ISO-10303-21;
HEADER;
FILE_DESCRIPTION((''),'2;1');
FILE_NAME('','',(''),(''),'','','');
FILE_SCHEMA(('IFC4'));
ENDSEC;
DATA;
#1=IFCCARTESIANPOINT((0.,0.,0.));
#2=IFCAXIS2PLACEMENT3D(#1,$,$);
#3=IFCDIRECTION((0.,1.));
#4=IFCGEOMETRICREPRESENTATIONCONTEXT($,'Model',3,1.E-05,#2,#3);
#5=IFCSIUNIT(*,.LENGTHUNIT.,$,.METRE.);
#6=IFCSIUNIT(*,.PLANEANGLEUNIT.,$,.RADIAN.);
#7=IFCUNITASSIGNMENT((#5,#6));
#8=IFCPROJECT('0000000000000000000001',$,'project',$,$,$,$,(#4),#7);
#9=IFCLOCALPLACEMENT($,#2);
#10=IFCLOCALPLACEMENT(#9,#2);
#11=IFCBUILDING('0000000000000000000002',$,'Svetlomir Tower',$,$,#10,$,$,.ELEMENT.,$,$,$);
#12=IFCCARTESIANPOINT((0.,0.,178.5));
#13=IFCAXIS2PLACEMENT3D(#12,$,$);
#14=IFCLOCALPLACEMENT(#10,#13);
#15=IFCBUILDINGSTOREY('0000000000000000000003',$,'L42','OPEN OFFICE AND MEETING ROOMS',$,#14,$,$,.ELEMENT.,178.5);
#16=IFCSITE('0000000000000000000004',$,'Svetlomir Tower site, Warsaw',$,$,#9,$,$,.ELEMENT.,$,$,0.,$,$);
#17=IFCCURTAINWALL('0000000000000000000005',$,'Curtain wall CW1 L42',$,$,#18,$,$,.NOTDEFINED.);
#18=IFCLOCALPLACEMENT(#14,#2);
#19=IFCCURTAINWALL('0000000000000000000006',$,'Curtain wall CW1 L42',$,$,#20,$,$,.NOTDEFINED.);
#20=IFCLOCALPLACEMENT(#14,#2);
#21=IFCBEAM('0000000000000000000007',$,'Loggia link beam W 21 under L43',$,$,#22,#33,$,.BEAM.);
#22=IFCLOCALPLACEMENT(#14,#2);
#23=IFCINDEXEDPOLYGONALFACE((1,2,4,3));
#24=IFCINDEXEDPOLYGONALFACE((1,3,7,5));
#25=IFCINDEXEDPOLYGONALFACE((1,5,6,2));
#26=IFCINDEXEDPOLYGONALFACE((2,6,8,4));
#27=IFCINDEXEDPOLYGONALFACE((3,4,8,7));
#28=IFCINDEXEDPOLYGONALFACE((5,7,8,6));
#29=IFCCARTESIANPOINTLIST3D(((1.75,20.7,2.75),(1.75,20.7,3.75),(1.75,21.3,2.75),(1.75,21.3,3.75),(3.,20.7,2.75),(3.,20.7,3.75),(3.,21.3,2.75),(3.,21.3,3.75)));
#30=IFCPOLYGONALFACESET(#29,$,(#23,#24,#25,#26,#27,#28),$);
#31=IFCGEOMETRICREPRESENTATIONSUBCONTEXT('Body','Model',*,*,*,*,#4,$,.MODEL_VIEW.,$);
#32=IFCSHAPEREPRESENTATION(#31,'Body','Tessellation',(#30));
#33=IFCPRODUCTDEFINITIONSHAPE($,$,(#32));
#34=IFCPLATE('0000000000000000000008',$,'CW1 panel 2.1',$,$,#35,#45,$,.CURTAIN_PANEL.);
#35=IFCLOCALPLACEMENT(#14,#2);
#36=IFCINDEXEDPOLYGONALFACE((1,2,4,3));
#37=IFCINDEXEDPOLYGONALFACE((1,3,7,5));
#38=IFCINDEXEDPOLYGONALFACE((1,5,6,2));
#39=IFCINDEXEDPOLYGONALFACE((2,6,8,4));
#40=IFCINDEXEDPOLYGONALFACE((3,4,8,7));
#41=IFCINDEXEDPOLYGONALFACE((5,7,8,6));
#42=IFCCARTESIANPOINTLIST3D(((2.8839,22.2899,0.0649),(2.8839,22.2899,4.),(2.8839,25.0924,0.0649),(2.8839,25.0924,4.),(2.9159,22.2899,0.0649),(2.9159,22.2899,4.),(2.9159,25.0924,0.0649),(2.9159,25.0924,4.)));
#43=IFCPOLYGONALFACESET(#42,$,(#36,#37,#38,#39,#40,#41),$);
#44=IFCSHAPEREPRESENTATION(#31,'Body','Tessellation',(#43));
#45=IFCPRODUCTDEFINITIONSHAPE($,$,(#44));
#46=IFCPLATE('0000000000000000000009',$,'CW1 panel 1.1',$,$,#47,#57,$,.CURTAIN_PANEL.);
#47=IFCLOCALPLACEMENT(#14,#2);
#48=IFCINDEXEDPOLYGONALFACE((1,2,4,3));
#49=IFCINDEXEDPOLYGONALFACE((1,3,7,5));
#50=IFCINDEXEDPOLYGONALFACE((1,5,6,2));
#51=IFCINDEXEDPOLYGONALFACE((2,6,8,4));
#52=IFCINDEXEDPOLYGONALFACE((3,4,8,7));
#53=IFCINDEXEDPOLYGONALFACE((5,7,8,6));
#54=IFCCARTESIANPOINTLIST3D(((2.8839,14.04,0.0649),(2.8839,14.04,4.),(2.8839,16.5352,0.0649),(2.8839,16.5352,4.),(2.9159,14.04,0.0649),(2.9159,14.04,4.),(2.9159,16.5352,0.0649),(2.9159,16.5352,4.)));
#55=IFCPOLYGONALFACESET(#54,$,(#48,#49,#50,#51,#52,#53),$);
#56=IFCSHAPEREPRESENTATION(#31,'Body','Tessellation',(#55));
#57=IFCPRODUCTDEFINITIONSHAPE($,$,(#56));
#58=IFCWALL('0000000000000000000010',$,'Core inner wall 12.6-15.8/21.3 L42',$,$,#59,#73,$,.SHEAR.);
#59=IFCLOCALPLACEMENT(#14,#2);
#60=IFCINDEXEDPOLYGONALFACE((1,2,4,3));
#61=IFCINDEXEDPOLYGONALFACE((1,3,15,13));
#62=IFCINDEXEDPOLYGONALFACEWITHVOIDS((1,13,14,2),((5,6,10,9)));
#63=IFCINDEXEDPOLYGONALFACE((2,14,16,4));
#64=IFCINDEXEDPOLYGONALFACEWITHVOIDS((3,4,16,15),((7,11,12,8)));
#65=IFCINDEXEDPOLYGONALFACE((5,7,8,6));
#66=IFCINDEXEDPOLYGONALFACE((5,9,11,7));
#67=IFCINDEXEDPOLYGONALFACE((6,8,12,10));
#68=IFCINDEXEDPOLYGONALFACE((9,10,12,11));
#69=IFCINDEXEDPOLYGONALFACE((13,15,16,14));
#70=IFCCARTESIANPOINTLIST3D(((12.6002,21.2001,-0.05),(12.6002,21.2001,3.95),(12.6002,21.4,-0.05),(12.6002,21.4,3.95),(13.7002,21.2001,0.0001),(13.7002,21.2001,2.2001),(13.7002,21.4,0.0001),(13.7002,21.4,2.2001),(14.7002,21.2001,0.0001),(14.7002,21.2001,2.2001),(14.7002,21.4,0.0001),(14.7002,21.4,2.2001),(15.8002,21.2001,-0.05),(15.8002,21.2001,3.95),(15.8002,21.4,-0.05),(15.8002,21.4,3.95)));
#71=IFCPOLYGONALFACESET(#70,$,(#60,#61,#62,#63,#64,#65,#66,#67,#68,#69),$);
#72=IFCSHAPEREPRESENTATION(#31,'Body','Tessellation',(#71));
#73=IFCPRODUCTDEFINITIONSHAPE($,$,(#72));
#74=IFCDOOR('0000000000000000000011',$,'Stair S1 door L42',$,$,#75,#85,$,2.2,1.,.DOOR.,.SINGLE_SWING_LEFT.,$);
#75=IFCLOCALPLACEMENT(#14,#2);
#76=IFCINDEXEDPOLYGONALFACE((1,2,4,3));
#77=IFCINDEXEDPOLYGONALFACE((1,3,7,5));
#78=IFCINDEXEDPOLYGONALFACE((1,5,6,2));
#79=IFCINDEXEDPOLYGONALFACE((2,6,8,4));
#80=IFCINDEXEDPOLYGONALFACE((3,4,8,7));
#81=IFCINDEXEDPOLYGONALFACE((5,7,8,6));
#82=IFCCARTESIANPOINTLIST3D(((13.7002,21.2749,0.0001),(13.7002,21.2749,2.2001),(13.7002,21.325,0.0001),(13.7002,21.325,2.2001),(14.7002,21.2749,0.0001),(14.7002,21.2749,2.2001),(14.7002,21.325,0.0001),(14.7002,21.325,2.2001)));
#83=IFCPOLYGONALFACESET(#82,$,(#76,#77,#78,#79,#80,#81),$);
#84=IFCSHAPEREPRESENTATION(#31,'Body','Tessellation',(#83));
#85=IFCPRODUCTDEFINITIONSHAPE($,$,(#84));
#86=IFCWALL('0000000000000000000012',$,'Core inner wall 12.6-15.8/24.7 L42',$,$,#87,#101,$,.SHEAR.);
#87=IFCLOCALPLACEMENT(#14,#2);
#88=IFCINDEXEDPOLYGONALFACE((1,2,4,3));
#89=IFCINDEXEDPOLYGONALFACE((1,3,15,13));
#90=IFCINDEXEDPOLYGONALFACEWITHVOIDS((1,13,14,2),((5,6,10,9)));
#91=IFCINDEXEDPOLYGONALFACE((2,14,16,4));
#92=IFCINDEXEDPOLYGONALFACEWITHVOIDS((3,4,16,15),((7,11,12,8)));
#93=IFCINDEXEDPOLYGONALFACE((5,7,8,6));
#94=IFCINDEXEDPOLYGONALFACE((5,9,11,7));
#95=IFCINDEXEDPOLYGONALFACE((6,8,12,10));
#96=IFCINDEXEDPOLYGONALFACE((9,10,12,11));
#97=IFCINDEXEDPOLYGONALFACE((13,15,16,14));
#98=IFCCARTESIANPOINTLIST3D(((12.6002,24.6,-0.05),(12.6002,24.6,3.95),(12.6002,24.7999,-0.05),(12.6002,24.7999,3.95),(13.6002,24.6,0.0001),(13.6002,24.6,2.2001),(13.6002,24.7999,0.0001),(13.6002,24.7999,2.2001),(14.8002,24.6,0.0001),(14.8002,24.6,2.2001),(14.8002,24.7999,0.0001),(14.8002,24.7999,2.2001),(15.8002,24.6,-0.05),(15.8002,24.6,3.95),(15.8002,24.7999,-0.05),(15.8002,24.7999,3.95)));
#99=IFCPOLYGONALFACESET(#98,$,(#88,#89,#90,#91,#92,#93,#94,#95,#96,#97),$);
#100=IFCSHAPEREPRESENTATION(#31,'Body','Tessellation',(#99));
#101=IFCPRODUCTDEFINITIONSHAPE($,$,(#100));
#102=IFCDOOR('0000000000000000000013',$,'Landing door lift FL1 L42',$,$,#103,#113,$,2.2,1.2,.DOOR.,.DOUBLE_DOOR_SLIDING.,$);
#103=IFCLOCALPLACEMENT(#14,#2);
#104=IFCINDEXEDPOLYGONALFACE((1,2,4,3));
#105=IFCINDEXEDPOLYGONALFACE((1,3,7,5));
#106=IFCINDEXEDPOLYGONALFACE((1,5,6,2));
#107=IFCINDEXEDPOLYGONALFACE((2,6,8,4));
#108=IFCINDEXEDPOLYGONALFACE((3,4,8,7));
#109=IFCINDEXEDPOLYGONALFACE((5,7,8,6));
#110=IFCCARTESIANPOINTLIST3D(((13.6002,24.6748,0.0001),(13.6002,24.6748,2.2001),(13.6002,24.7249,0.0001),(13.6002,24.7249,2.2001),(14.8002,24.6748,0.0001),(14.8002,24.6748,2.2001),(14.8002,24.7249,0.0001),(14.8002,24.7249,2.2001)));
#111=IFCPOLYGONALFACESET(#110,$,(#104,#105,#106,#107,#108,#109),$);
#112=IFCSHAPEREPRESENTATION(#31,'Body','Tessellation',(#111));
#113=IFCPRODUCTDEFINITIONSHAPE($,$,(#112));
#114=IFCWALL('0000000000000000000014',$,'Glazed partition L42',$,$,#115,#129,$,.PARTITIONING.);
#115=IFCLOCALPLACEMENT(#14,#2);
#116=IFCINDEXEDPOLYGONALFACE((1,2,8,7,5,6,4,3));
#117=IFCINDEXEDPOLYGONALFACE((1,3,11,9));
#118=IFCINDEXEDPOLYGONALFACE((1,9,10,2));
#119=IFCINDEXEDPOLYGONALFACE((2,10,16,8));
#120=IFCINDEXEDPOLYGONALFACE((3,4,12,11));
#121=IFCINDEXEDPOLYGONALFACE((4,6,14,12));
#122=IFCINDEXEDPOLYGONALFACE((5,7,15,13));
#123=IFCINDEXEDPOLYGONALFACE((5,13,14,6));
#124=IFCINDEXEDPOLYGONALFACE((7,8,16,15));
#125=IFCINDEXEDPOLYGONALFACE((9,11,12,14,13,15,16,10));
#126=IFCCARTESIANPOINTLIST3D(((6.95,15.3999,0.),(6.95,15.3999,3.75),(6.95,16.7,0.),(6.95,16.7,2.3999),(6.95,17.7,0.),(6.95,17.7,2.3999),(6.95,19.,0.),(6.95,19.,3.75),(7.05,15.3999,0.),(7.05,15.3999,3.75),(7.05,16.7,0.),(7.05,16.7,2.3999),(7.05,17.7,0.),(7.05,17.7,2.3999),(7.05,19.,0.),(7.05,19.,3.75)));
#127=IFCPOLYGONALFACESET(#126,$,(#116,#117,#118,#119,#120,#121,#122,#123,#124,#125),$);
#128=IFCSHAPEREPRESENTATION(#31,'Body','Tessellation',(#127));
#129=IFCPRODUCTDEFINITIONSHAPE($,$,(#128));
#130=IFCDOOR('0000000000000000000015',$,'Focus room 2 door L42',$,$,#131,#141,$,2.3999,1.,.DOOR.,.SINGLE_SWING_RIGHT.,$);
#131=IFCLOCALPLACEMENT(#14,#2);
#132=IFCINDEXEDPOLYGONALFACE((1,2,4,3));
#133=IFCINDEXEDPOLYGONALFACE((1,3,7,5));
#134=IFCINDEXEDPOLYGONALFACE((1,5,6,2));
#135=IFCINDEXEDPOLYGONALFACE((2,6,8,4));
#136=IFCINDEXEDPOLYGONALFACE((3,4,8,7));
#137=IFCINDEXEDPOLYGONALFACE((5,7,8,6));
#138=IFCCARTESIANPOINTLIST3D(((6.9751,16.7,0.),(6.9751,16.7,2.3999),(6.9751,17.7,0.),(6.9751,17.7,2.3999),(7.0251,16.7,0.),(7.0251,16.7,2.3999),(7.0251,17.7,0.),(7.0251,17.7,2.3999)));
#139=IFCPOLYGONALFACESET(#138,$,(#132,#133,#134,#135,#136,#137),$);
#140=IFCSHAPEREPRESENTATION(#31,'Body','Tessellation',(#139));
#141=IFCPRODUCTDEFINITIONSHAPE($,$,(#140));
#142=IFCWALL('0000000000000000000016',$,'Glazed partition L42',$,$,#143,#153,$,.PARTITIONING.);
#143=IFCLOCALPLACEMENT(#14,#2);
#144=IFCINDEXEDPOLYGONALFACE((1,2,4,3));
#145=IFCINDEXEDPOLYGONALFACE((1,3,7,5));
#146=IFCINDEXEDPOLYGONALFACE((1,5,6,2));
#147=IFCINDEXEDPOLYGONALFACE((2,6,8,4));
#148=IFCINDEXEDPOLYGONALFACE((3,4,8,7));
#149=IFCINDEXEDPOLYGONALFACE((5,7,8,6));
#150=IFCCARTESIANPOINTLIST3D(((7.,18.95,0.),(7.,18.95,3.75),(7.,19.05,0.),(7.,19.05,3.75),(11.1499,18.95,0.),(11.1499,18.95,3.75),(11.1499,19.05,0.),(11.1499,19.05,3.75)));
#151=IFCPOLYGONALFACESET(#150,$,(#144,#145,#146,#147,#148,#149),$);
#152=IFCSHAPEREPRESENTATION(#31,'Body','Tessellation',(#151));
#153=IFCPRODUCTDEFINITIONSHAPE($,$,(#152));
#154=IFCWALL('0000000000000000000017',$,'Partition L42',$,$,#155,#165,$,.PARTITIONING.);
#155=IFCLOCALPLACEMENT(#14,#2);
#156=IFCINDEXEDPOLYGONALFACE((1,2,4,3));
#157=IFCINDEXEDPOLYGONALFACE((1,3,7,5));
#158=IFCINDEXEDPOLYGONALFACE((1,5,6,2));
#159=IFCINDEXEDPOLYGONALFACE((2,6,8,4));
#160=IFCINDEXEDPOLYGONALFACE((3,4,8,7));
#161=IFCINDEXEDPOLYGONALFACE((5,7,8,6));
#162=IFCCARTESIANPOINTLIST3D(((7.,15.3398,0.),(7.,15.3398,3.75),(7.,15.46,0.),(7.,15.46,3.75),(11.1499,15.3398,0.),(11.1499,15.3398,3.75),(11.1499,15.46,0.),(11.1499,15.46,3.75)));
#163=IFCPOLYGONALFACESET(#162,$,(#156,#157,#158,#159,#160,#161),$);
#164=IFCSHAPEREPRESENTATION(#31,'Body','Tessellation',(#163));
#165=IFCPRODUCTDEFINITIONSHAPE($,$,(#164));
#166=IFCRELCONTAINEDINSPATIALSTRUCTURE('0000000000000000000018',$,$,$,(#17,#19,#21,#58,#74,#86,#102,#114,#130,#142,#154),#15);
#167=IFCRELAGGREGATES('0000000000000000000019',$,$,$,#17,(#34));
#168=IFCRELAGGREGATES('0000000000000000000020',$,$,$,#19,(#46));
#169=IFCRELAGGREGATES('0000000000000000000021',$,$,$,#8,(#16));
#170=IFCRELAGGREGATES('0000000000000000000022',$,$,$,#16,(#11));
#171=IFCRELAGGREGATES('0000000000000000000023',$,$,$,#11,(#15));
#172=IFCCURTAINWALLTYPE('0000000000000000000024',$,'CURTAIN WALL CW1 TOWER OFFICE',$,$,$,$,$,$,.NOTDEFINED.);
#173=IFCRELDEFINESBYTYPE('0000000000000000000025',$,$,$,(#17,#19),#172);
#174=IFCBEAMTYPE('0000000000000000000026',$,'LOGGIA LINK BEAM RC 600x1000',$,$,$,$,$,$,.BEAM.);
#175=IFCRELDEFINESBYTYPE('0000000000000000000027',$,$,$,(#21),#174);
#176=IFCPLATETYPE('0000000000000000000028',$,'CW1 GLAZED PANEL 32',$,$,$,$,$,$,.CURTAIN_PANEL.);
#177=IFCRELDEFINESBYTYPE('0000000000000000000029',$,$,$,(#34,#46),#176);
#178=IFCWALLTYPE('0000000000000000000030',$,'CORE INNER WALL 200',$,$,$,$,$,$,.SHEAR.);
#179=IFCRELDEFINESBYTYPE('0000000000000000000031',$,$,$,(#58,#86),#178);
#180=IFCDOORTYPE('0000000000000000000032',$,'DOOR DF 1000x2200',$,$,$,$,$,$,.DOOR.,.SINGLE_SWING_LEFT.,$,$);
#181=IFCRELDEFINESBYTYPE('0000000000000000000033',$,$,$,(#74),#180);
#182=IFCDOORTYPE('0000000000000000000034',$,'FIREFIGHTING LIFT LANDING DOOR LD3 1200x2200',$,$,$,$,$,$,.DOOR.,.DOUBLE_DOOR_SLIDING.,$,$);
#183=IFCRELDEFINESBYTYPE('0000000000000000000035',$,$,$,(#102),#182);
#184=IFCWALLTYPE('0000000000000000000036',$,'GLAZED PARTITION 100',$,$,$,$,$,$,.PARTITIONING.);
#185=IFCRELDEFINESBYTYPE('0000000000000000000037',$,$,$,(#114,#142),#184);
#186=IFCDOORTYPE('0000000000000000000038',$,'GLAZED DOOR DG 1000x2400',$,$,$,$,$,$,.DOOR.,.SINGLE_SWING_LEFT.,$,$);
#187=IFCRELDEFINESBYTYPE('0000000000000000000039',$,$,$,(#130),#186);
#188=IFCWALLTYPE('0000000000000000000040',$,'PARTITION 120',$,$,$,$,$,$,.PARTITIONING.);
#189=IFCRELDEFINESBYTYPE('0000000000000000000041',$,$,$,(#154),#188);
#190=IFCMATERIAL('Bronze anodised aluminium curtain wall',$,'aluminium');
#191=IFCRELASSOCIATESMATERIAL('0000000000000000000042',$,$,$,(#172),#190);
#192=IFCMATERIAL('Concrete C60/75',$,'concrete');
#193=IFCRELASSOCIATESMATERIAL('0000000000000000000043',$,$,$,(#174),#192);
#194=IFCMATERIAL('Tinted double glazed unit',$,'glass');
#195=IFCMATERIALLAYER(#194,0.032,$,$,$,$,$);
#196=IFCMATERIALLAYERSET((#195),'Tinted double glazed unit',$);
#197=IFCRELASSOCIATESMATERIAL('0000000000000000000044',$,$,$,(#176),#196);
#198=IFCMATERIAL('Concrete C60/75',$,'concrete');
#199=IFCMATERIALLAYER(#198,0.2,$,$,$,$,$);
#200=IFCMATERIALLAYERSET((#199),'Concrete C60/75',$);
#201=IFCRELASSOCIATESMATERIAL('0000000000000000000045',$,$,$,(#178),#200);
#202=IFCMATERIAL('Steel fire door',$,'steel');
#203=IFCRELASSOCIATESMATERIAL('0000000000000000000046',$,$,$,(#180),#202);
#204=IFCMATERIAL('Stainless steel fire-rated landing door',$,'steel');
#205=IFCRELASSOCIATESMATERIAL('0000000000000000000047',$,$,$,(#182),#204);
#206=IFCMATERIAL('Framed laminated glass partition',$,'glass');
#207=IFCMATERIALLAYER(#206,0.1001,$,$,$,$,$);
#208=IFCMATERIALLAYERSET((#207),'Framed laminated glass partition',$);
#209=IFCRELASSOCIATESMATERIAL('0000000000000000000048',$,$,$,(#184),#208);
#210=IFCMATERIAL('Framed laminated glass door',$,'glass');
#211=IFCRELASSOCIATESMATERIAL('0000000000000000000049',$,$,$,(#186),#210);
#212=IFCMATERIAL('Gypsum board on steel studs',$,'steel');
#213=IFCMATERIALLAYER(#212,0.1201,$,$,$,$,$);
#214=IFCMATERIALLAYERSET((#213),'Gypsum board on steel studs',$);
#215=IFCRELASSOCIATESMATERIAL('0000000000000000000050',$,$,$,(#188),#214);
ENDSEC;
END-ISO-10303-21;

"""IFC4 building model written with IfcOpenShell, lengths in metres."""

from ifc_helpers import new_model, si_unit, direction, frame, frame_2d, origin, origin_2d, place, context, subcontext, project, spatial, rectangle, extrude, material, layer, layer_set, material_profile, profile_set, type_object, element, fill, aggregate, save


model = new_model("IFC4")

# Units and contexts
model_context = context("Model", 3, precision=1e-05, world=origin(), true_north=direction((0.0, 1.0)))
body_context = subcontext(model_context, "Body", "Model", "MODEL_VIEW")
ifc_project = project(units=[si_unit("LENGTHUNIT", "METRE"), si_unit("PLANEANGLEUNIT", "RADIAN")], contexts=[model_context])

# Site, building, storey
site_placement = place(None, origin())
site = spatial("IfcSite", under=ifc_project, at=site_placement, Name="Svetlomir Tower site, Warsaw", CompositionType="ELEMENT", RefElevation=0.0)
building_placement = place(site_placement, origin())
building = spatial("IfcBuilding", under=site, at=building_placement, Name="Svetlomir Tower", CompositionType="ELEMENT")
storey_placement = place(building_placement, frame((0.0, 0.0, 178.5)))
storey = spatial("IfcBuildingStorey", under=building, at=storey_placement, Name="L42", Description="OPEN OFFICE AND MEETING ROOMS", CompositionType="ELEMENT", Elevation=178.5)

# Curtain wall
ifc_material_1 = material(Name="Bronze anodised aluminium curtain wall", Category="aluminium")
curtain_wall_type = type_object("IfcCurtainWallType", Name="CURTAIN WALL CW1 TOWER OFFICE", PredefinedType="NOTDEFINED", material=ifc_material_1)
curtain_wall_1_placement = place(storey_placement, origin())
curtain_wall_1 = element("IfcCurtainWall", 1, at=curtain_wall_1_placement, inside=storey, type_object=curtain_wall_type, Name="Curtain wall CW1 L42", PredefinedType="NOTDEFINED")

# Curtain wall
curtain_wall_2_placement = place(storey_placement, origin())
curtain_wall_2 = element("IfcCurtainWall", 2, at=curtain_wall_2_placement, inside=storey, type_object=curtain_wall_type, Name="Curtain wall CW1 L42", PredefinedType="NOTDEFINED")

# Beam
ifc_material_2 = material(Name="Concrete C60/75", Category="concrete")
ifc_material_profile_1 = material_profile(ifc_material_2, rectangle(XDim=0.6001, YDim=1.0, at=origin_2d()), Name="RC 600x1000")
ifc_profile_set_1 = profile_set([ifc_material_profile_1], Name="Concrete C60/75")
beam_type_1 = type_object("IfcBeamType", Name="LOGGIA LINK BEAM RC 600x1000", PredefinedType="BEAM", material=ifc_profile_set_1)
beam_1_placement = place(storey_placement, frame((1.75, 21.0, 3.25), z_axis=(1.0, 0.0, 0.0), x_axis=(0.0, 1.0, 0.0)))
element("IfcBeam", 3, at=beam_1_placement, inside=storey, type_object=beam_type_1, Name="Loggia link beam W 21 under L43", PredefinedType="BEAM", context=body_context, shape_type="SweptSolid", body=[
    extrude(rectangle(XDim=0.6001, YDim=1.0, at=origin_2d()), origin(), (0.0, 0.0, 1.0), 1.25),
])

# Plates
ifc_material_3 = material(Name="Tinted double glazed unit", Category="glass")
ifc_layer_1 = layer(ifc_material_3, 0.032)
ifc_layer_set_1 = layer_set([ifc_layer_1], Name="Tinted double glazed unit")
plate_type = type_object("IfcPlateType", Name="CW1 GLAZED PANEL 32", PredefinedType="CURTAIN_PANEL", material=ifc_layer_set_1)
plate_1_placement = place(storey_placement, frame((2.8999, 23.6912, 0.0649), z_axis=(0.0, 0.0, 1.0), x_axis=(0.0, -1.0, 0.0)))
plate_1 = element("IfcPlate", 4, at=plate_1_placement, type_object=plate_type, Name="CW1 panel 2.1", PredefinedType="CURTAIN_PANEL", context=body_context, shape_type="SweptSolid", body=[
    extrude(rectangle(XDim=2.8025, YDim=0.032, at=origin_2d()), origin(), (0.0, 0.0, 1.0), 3.9351),
])
aggregate(curtain_wall_1, [plate_1])
plate_2_placement = place(storey_placement, frame((2.8999, 15.2876, 0.0649), z_axis=(0.0, 0.0, 1.0), x_axis=(0.0, -1.0, 0.0)))
plate_2 = element("IfcPlate", 5, at=plate_2_placement, type_object=plate_type, Name="CW1 panel 1.1", PredefinedType="CURTAIN_PANEL", context=body_context, shape_type="SweptSolid", body=[
    extrude(rectangle(XDim=2.4951, YDim=0.032, at=origin_2d()), origin(), (0.0, 0.0, 1.0), 3.9351),
])
aggregate(curtain_wall_2, [plate_2])

# Walls, openings, doors
ifc_material_4 = material(Name="Concrete C60/75", Category="concrete")
ifc_layer_2 = layer(ifc_material_4, 0.2)
ifc_layer_set_2 = layer_set([ifc_layer_2], Name="Concrete C60/75")
wall_type_1 = type_object("IfcWallType", Name="CORE INNER WALL 200", PredefinedType="SHEAR", material=ifc_layer_set_2)
wall_1_placement = place(storey_placement, frame((12.6001, 21.3, -0.05), z_axis=(0.0, 0.0, 1.0), x_axis=(1.0, 0.0, 0.0)))
wall_1 = element("IfcWall", 6, at=wall_1_placement, inside=storey, type_object=wall_type_1, Name="Core inner wall 12.6-15.8/21.3 L42", PredefinedType="SHEAR", context=body_context, shape_type="SweptSolid", body=[
    extrude(rectangle(XDim=3.2, YDim=0.2, at=frame_2d((1.6001, 0.0))), origin(), (0.0, 0.0, 1.0), 4.0),
])
opening_1_placement = place(wall_1_placement, frame((1.1001, 0.0, 0.05)))
opening_1 = element("IfcOpeningElement", 7, at=opening_1_placement, cuts=wall_1, PredefinedType="OPENING", context=body_context, shape_type="SweptSolid", body=[
    extrude(rectangle(XDim=1.0, YDim=2.2, at=frame_2d((0.5, 1.1001))), frame((0.0, 0.1099, 0.0), z_axis=(0.0, -1.0, 0.0), x_axis=(1.0, 0.0, 0.0)), (0.0, 0.0, 1.0), 0.22),
])
ifc_material_5 = material(Name="Steel fire door", Category="steel")
door_type_1 = type_object("IfcDoorType", Name="DOOR DF 1000x2200", OperationType="SINGLE_SWING_LEFT", PredefinedType="DOOR", material=ifc_material_5)
door_1_placement = place(opening_1_placement, origin())
door_1 = element("IfcDoor", 8, at=door_1_placement, inside=storey, type_object=door_type_1, Name="Stair S1 door L42", OperationType="SINGLE_SWING_LEFT", OverallHeight=2.2, OverallWidth=1.0, PredefinedType="DOOR", context=body_context, shape_type="SweptSolid", body=[
    extrude(rectangle(XDim=1.0, YDim=2.2, at=frame_2d((0.5, 1.1001))), frame((0.0, 0.0249, 0.0), z_axis=(0.0, -1.0, 0.0), x_axis=(1.0, 0.0, 0.0)), (0.0, 0.0, 1.0), 0.05),
])
fill(opening_1, door_1)
wall_2_placement = place(storey_placement, frame((12.6001, 24.7, -0.05), z_axis=(0.0, 0.0, 1.0), x_axis=(1.0, 0.0, 0.0)))
wall_2 = element("IfcWall", 9, at=wall_2_placement, inside=storey, type_object=wall_type_1, Name="Core inner wall 12.6-15.8/24.7 L42", PredefinedType="SHEAR", context=body_context, shape_type="SweptSolid", body=[
    extrude(rectangle(XDim=3.2, YDim=0.2, at=frame_2d((1.6001, 0.0))), origin(), (0.0, 0.0, 1.0), 4.0),
])
opening_2_placement = place(wall_2_placement, frame((1.0, 0.0, 0.05)))
opening_2 = element("IfcOpeningElement", 10, at=opening_2_placement, cuts=wall_2, PredefinedType="OPENING", context=body_context, shape_type="SweptSolid", body=[
    extrude(rectangle(XDim=1.2, YDim=2.2, at=frame_2d((0.6001, 1.1001))), frame((0.0, 0.1099, 0.0), z_axis=(0.0, -1.0, 0.0), x_axis=(1.0, 0.0, 0.0)), (0.0, 0.0, 1.0), 0.22),
])
ifc_material_6 = material(Name="Stainless steel fire-rated landing door", Category="steel")
door_type_2 = type_object("IfcDoorType", Name="FIREFIGHTING LIFT LANDING DOOR LD3 1200x2200", OperationType="DOUBLE_DOOR_SLIDING", PredefinedType="DOOR", material=ifc_material_6)
door_2_placement = place(opening_2_placement, origin())
door_2 = element("IfcDoor", 11, at=door_2_placement, inside=storey, type_object=door_type_2, Name="Landing door lift FL1 L42", OperationType="DOUBLE_DOOR_SLIDING", OverallHeight=2.2, OverallWidth=1.2, PredefinedType="DOOR", context=body_context, shape_type="SweptSolid", body=[
    extrude(rectangle(XDim=1.2, YDim=2.2, at=frame_2d((0.6001, 1.1001))), frame((0.0, 0.0249, 0.0), z_axis=(0.0, -1.0, 0.0), x_axis=(1.0, 0.0, 0.0)), (0.0, 0.0, 1.0), 0.05),
])
fill(opening_2, door_2)
ifc_material_7 = material(Name="Framed laminated glass partition", Category="glass")
ifc_layer_3 = layer(ifc_material_7, 0.1001)
ifc_layer_set_3 = layer_set([ifc_layer_3], Name="Framed laminated glass partition")
wall_type_2 = type_object("IfcWallType", Name="GLAZED PARTITION 100", PredefinedType="PARTITIONING", material=ifc_layer_set_3)
wall_3_placement = place(storey_placement, frame((7.0, 15.3999, 0.0), z_axis=(0.0, 0.0, 1.0), x_axis=(0.0, 1.0, 0.0)))
wall_3 = element("IfcWall", 12, at=wall_3_placement, inside=storey, type_object=wall_type_2, Name="Glazed partition L42", PredefinedType="PARTITIONING", context=body_context, shape_type="SweptSolid", body=[
    extrude(rectangle(XDim=3.6001, YDim=0.1001, at=frame_2d((1.8, 0.0))), origin(), (0.0, 0.0, 1.0), 3.75),
])
opening_3_placement = place(wall_3_placement, frame((1.3, 0.0, 0.0)))
opening_3 = element("IfcOpeningElement", 13, at=opening_3_placement, cuts=wall_3, PredefinedType="OPENING", context=body_context, shape_type="SweptSolid", body=[
    extrude(rectangle(XDim=1.0, YDim=2.3999, at=frame_2d((0.5, 1.2))), frame((0.0, 0.0601, 0.0), z_axis=(0.0, -1.0, 0.0), x_axis=(1.0, 0.0, 0.0)), (0.0, 0.0, 1.0), 0.1201),
])
ifc_material_8 = material(Name="Framed laminated glass door", Category="glass")
door_type_3 = type_object("IfcDoorType", Name="GLAZED DOOR DG 1000x2400", OperationType="SINGLE_SWING_LEFT", PredefinedType="DOOR", material=ifc_material_8)
door_3_placement = place(opening_3_placement, origin())
door_3 = element("IfcDoor", 14, at=door_3_placement, inside=storey, type_object=door_type_3, Name="Focus room 2 door L42", OperationType="SINGLE_SWING_RIGHT", OverallHeight=2.3999, OverallWidth=1.0, PredefinedType="DOOR", context=body_context, shape_type="SweptSolid", body=[
    extrude(rectangle(XDim=1.0, YDim=2.3999, at=frame_2d((0.5, 1.2))), frame((0.0, 0.0249, 0.0), z_axis=(0.0, -1.0, 0.0), x_axis=(1.0, 0.0, 0.0)), (0.0, 0.0, 1.0), 0.05),
])
fill(opening_3, door_3)

# Walls
wall_4_placement = place(storey_placement, frame((7.0, 19.0, 0.0), z_axis=(0.0, 0.0, 1.0), x_axis=(1.0, 0.0, 0.0)))
element("IfcWall", 15, at=wall_4_placement, inside=storey, type_object=wall_type_2, Name="Glazed partition L42", PredefinedType="PARTITIONING", context=body_context, shape_type="SweptSolid", body=[
    extrude(rectangle(XDim=4.1499, YDim=0.1001, at=frame_2d((2.075, 0.0))), origin(), (0.0, 0.0, 1.0), 3.75),
])
ifc_material_9 = material(Name="Gypsum board on steel studs", Category="steel")
ifc_layer_4 = layer(ifc_material_9, 0.1201)
ifc_layer_set_4 = layer_set([ifc_layer_4], Name="Gypsum board on steel studs")
wall_type_3 = type_object("IfcWallType", Name="PARTITION 120", PredefinedType="PARTITIONING", material=ifc_layer_set_4)
wall_5_placement = place(storey_placement, frame((7.0, 15.3999, 0.0), z_axis=(0.0, 0.0, 1.0), x_axis=(1.0, 0.0, 0.0)))
element("IfcWall", 16, at=wall_5_placement, inside=storey, type_object=wall_type_3, Name="Partition L42", PredefinedType="PARTITIONING", context=body_context, shape_type="SweptSolid", body=[
    extrude(rectangle(XDim=4.1499, YDim=0.1201, at=frame_2d((2.075, 0.0))), origin(), (0.0, 0.0, 1.0), 3.75),
])

save(model, "model.ifc")
